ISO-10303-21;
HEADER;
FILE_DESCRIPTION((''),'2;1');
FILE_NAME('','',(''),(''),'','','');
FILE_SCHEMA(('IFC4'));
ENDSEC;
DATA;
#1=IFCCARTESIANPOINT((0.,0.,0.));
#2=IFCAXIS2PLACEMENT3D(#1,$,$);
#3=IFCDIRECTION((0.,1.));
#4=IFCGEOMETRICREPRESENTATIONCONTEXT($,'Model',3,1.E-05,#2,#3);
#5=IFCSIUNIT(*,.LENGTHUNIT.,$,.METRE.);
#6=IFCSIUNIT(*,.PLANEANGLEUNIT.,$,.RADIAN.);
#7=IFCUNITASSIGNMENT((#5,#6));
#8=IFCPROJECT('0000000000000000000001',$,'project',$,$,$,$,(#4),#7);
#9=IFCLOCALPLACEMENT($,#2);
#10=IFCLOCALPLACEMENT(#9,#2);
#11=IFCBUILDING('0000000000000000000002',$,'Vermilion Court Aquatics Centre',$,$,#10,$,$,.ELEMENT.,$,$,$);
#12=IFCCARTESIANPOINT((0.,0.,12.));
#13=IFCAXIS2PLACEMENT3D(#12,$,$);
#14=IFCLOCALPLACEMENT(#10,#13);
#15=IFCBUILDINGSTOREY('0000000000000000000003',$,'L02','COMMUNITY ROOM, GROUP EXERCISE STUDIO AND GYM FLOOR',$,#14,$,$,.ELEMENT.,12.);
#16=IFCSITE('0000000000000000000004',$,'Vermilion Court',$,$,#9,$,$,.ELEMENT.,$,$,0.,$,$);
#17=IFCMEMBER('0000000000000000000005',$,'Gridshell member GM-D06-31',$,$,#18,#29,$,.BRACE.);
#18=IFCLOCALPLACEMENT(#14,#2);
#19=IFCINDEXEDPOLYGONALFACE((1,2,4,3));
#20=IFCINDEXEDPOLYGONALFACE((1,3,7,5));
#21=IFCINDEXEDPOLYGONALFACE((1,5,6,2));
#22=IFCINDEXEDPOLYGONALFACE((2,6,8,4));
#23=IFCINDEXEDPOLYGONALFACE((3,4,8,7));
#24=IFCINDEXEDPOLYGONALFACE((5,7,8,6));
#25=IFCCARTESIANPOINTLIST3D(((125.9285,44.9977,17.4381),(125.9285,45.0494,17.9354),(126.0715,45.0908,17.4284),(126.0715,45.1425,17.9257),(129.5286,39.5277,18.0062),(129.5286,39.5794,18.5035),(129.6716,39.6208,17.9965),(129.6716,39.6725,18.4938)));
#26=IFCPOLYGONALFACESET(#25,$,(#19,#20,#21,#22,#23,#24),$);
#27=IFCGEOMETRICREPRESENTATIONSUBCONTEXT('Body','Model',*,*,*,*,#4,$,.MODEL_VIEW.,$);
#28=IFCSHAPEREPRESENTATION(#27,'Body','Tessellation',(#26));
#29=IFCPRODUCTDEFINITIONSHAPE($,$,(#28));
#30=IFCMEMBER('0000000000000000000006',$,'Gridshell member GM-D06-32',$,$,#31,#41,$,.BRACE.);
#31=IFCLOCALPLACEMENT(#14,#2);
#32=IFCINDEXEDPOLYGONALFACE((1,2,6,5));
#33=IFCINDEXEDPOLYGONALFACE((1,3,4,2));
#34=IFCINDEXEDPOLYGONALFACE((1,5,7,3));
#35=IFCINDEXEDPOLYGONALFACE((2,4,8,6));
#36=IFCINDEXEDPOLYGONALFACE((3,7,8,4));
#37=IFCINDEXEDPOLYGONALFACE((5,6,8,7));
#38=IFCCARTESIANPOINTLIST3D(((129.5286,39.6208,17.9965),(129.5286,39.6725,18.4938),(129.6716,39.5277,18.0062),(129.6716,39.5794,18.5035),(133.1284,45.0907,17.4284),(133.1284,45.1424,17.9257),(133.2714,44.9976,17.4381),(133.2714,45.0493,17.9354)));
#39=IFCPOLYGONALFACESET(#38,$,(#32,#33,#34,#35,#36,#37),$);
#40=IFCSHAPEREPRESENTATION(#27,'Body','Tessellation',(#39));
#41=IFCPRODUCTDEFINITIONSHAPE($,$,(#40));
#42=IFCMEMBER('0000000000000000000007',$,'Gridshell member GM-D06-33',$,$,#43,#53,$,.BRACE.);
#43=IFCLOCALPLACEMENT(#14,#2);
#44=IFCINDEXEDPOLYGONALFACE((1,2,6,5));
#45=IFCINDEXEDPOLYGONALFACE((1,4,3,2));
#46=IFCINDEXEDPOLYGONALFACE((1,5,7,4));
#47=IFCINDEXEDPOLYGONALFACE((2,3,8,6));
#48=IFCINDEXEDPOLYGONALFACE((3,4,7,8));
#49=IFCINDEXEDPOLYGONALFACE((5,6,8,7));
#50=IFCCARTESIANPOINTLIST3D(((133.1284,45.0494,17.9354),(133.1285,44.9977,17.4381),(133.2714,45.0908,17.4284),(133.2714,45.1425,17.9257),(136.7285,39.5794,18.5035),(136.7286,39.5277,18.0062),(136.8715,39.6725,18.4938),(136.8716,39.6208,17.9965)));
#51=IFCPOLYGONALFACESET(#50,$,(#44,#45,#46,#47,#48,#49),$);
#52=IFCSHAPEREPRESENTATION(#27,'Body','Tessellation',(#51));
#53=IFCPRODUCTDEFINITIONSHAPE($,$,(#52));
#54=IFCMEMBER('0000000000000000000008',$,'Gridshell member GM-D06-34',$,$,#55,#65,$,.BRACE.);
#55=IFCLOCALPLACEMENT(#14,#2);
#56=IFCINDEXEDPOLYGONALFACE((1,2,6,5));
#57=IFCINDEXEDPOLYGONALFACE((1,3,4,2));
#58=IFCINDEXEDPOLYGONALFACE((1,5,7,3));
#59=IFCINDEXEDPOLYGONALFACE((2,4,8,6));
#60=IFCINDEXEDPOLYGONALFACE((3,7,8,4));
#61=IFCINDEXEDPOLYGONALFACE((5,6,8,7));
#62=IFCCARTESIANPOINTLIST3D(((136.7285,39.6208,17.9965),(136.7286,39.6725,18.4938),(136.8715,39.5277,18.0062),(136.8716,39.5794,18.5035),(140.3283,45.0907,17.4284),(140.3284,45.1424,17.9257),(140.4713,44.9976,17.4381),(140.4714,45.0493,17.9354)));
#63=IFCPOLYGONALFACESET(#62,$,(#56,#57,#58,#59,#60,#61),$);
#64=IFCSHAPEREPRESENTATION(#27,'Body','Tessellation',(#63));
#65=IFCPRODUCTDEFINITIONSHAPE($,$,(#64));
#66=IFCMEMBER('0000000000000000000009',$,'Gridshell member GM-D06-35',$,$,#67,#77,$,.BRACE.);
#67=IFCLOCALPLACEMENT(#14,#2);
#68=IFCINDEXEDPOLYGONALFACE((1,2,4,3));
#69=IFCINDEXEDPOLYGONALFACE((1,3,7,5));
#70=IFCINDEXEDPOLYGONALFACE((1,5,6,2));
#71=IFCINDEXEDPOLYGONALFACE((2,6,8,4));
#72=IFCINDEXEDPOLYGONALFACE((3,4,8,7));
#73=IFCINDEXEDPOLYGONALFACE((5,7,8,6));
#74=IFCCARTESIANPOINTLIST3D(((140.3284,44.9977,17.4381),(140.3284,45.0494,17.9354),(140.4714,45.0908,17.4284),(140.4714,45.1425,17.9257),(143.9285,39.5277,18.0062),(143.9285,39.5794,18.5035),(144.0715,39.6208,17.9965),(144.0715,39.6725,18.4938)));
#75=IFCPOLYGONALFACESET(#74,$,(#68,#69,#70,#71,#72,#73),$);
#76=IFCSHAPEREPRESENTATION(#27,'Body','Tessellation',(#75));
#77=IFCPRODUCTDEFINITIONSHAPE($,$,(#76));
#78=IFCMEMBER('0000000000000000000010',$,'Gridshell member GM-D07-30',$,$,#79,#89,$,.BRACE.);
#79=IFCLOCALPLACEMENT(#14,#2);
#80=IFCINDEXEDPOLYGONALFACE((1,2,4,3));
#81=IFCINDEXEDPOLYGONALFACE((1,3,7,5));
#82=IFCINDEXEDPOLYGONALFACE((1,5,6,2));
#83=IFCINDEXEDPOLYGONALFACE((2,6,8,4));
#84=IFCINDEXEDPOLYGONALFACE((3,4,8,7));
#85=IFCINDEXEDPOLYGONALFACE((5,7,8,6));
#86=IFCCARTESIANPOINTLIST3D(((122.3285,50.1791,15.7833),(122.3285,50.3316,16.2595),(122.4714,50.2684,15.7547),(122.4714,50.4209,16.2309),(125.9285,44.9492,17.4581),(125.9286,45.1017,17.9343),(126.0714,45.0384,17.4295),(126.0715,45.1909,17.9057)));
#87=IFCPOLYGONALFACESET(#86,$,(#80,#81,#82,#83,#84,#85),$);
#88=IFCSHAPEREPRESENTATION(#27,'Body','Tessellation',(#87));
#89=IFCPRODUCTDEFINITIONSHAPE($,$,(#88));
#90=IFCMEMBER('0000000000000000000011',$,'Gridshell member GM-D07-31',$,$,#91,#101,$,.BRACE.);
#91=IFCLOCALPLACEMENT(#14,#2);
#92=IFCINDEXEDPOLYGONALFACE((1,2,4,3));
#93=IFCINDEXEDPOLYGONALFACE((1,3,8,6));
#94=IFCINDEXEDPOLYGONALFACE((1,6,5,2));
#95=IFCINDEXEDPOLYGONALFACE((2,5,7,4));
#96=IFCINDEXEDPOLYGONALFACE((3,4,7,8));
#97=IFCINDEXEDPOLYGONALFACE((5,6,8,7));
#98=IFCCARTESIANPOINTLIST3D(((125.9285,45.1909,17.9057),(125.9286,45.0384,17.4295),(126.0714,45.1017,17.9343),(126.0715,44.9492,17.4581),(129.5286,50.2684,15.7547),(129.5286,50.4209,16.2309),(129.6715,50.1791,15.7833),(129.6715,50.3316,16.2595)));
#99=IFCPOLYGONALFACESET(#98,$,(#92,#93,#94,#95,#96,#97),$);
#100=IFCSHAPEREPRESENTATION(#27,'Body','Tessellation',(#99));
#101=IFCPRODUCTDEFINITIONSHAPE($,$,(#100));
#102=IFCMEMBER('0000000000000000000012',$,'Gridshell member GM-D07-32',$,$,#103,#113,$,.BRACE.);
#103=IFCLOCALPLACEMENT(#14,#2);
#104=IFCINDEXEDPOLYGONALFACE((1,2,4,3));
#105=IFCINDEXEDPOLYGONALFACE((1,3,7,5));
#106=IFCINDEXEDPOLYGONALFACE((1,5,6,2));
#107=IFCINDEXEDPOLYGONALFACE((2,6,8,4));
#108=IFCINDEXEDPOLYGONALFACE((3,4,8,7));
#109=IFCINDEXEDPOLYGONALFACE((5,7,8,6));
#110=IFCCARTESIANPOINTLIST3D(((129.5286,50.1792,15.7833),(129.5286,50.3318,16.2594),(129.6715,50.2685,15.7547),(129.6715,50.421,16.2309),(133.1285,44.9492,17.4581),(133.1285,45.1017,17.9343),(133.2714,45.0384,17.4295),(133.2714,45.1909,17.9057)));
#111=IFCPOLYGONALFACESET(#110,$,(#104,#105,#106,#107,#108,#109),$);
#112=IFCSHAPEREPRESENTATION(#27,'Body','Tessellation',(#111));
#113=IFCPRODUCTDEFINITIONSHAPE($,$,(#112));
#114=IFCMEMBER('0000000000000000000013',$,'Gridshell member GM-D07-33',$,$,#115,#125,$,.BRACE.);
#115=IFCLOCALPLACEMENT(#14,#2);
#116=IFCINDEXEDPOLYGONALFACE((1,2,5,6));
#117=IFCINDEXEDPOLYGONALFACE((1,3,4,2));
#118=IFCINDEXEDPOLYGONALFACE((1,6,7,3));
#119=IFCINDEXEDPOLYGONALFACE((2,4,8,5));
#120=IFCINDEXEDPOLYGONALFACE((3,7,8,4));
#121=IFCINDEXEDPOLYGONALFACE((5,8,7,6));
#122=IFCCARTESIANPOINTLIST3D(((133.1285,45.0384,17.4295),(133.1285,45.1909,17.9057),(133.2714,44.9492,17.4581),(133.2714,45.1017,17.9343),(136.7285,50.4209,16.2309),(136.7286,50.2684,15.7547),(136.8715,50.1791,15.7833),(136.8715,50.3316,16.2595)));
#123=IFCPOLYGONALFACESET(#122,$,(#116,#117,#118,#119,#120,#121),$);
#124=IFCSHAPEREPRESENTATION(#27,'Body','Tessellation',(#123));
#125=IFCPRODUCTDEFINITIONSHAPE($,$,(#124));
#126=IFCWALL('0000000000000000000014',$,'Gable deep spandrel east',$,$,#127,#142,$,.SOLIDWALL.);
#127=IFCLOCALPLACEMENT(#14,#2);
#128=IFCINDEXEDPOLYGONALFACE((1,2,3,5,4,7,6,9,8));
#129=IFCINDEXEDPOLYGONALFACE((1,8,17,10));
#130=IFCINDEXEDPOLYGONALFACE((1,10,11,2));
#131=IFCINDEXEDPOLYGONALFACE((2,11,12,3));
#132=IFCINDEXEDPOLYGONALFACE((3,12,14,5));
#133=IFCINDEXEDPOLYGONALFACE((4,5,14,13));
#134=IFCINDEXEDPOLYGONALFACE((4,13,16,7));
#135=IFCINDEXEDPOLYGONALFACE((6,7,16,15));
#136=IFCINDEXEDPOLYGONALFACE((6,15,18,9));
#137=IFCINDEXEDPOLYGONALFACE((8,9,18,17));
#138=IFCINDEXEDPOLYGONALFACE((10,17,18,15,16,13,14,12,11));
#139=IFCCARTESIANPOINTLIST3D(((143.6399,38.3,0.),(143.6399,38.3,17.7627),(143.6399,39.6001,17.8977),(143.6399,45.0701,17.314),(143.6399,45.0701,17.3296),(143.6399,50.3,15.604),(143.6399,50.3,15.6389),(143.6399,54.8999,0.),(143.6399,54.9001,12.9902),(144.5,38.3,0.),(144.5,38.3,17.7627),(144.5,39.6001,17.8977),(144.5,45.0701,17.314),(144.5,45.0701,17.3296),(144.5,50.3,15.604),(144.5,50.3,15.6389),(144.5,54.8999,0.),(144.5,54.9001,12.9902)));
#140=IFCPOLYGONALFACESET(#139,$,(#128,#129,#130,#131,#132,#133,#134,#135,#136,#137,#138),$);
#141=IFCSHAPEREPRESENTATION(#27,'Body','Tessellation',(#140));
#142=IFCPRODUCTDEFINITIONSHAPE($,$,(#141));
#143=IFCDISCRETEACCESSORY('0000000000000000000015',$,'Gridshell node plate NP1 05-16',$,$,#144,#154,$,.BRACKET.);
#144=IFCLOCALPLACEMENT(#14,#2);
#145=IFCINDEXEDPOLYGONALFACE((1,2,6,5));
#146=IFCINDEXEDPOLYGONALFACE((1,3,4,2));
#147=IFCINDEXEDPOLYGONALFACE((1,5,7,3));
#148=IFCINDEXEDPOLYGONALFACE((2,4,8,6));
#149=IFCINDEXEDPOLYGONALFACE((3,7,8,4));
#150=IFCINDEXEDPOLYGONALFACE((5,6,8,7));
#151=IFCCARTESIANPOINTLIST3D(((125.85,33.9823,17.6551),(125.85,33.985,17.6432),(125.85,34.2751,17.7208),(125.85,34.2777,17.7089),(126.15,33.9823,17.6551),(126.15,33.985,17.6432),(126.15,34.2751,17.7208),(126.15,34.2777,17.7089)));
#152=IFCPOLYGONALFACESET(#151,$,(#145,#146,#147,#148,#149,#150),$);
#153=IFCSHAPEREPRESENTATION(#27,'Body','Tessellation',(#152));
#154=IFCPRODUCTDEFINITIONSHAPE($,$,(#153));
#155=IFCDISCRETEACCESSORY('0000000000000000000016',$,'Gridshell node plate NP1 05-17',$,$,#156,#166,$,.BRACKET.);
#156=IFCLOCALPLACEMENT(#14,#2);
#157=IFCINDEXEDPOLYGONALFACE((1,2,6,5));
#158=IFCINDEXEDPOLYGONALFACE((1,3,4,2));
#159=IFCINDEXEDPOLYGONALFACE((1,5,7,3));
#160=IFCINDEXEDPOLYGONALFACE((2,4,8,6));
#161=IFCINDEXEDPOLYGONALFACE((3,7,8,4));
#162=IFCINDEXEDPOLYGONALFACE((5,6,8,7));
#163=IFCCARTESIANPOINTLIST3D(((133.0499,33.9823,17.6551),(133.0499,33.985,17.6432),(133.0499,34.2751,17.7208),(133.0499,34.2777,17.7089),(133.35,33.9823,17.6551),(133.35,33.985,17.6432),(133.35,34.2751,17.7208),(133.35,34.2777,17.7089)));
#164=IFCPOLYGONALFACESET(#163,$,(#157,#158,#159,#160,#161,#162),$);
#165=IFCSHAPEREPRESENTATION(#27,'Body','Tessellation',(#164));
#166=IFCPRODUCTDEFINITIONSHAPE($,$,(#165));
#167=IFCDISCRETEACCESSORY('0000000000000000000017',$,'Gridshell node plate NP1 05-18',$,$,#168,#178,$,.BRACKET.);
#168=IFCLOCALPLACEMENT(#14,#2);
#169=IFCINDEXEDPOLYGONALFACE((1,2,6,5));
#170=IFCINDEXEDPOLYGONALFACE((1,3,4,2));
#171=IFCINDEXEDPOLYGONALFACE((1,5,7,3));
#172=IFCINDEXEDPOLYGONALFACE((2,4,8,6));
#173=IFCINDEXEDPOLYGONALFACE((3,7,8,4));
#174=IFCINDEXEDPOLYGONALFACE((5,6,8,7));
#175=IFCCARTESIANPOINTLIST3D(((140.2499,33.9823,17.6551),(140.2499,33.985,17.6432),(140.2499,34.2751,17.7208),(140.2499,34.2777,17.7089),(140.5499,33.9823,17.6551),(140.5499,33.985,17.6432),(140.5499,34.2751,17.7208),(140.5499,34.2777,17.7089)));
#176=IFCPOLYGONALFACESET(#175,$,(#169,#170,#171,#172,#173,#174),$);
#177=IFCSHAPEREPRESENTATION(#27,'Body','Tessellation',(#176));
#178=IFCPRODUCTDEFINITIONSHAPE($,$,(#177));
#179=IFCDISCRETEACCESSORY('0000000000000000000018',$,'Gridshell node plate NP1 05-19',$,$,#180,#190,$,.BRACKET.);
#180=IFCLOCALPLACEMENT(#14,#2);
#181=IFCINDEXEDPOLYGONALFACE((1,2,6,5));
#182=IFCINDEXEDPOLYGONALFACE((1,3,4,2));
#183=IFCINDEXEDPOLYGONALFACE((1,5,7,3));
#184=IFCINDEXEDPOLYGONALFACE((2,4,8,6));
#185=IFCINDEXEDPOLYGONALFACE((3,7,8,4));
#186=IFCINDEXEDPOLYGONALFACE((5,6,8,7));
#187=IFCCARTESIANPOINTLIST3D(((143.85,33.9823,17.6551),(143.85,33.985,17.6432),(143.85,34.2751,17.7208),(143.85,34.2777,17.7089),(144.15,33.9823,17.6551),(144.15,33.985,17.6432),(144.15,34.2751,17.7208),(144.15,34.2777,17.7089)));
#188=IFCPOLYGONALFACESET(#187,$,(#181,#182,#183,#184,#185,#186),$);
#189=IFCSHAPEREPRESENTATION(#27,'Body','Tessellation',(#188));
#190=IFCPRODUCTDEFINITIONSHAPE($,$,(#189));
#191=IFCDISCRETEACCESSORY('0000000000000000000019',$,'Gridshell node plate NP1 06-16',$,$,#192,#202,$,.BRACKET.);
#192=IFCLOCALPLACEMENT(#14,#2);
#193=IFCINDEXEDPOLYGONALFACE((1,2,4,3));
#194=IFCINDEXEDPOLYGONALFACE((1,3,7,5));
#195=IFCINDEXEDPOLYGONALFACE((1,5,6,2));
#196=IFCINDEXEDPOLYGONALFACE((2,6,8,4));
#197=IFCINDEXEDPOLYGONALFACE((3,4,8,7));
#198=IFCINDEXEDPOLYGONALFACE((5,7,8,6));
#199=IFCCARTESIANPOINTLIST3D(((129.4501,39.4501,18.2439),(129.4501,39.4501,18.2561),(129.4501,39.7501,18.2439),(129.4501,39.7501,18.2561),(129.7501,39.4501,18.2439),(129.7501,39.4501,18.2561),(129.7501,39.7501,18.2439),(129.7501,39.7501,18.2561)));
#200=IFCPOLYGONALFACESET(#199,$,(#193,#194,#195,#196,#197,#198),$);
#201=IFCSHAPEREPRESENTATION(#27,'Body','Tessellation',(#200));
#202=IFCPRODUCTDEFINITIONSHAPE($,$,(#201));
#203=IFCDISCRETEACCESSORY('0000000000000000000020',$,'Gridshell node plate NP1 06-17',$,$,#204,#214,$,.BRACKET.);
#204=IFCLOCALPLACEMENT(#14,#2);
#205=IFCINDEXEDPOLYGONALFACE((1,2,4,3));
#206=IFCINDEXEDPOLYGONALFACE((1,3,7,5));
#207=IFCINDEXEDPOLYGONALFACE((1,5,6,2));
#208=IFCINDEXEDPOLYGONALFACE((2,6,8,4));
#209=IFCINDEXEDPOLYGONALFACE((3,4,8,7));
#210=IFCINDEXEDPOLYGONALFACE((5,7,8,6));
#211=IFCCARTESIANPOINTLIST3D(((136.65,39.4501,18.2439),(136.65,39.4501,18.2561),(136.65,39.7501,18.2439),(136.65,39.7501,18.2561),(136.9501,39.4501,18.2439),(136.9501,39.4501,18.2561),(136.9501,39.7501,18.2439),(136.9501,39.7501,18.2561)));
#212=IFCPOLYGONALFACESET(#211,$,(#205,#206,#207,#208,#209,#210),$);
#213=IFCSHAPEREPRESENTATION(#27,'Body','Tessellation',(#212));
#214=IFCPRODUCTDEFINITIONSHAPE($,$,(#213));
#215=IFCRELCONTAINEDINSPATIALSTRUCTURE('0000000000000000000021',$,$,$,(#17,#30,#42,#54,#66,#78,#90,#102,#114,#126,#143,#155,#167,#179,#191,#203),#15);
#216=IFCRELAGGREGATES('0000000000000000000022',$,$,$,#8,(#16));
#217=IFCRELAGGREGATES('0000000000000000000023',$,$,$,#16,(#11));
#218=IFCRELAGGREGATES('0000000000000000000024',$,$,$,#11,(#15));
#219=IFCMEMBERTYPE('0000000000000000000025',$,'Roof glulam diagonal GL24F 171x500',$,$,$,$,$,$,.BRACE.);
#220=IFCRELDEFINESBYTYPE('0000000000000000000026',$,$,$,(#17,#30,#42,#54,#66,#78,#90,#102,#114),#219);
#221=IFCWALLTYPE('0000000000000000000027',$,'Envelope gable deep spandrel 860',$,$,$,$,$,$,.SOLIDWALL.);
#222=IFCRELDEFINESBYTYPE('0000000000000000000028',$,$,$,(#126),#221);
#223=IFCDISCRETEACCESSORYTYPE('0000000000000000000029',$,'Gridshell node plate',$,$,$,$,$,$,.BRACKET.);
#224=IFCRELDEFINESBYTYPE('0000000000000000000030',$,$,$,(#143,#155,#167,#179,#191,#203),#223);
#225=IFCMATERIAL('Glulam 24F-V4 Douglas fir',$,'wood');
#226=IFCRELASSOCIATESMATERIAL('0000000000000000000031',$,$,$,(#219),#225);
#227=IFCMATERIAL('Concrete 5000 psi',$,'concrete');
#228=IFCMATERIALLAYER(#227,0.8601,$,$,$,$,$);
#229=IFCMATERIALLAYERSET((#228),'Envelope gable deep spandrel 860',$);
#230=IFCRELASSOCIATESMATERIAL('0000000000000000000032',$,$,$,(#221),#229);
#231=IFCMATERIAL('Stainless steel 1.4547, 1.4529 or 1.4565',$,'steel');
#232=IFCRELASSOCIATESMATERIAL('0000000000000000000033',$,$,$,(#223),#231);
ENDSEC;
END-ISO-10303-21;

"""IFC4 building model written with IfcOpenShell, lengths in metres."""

from ifc_helpers import new_model, si_unit, direction, frame, origin, origin_2d, place, context, subcontext, project, spatial, polyline, rectangle, outline, extrude, material, layer, layer_set, material_profile, profile_set, type_object, element, save


model = new_model("IFC4")

# Units and contexts
model_context = context("Model", 3, precision=1e-05, world=origin(), true_north=direction((0.0, 1.0)))
body_context = subcontext(model_context, "Body", "Model", "MODEL_VIEW")
ifc_project = project(units=[si_unit("LENGTHUNIT", "METRE"), si_unit("PLANEANGLEUNIT", "RADIAN")], contexts=[model_context])

# Site, building, storey
site_placement = place(None, origin())
site = spatial("IfcSite", under=ifc_project, at=site_placement, Name="Vermilion Court", CompositionType="ELEMENT", RefElevation=0.0)
building_placement = place(site_placement, origin())
building = spatial("IfcBuilding", under=site, at=building_placement, Name="Vermilion Court Aquatics Centre", CompositionType="ELEMENT")
storey_placement = place(building_placement, frame((0.0, 0.0, 12.0)))
storey = spatial("IfcBuildingStorey", under=building, at=storey_placement, Name="L02", Description="COMMUNITY ROOM, GROUP EXERCISE STUDIO AND GYM FLOOR", CompositionType="ELEMENT", Elevation=12.0)

# Members
ifc_material_1 = material(Name="Glulam 24F-V4 Douglas fir", Category="wood")
ifc_material_profile_1 = material_profile(ifc_material_1, rectangle(XDim=0.1709, YDim=0.5, at=origin_2d()), Name="GL24F 171x500")
ifc_profile_set_1 = profile_set([ifc_material_profile_1], Name="Glulam 24F-V4 Douglas fir")
member_type = type_object("IfcMemberType", Name="Roof glulam diagonal GL24F 171x500", PredefinedType="BRACE", material=ifc_profile_set_1)
member_1_placement = place(storey_placement, frame((129.6001, 39.6001, 18.25), z_axis=(-0.547712, 0.832191, -0.086432), x_axis=(-0.836667, -0.544787, 0.056532)))
element("IfcMember", 1, at=member_1_placement, inside=storey, type_object=member_type, Name="Gridshell member GM-D06-31", PredefinedType="BRACE", context=body_context, shape_type="SweptSolid", body=[
    extrude(rectangle(XDim=0.1709, YDim=0.5, at=origin_2d()), origin(), (0.0, 0.0, 1.0), 6.573),
])
member_2_placement = place(storey_placement, frame((129.6001, 39.6001, 18.25), z_axis=(0.547686, 0.832208, -0.086434), x_axis=(-0.836684, 0.54476, -0.056532)))
element("IfcMember", 2, at=member_2_placement, inside=storey, type_object=member_type, Name="Gridshell member GM-D06-32", PredefinedType="BRACE", context=body_context, shape_type="SweptSolid", body=[
    extrude(rectangle(XDim=0.1709, YDim=0.5, at=origin_2d()), origin(), (0.0, 0.0, 1.0), 6.5728),
])
member_3_placement = place(storey_placement, frame((136.8, 39.6001, 18.25), z_axis=(-0.547712, 0.832191, -0.086432), x_axis=(-0.836667, -0.544787, 0.056532)))
element("IfcMember", 3, at=member_3_placement, inside=storey, type_object=member_type, Name="Gridshell member GM-D06-33", PredefinedType="BRACE", context=body_context, shape_type="SweptSolid", body=[
    extrude(rectangle(XDim=0.1709, YDim=0.5, at=origin_2d()), origin(), (0.0, 0.0, 1.0), 6.573),
])
member_4_placement = place(storey_placement, frame((136.8, 39.6001, 18.25), z_axis=(0.547686, 0.832208, -0.086434), x_axis=(-0.836684, 0.54476, -0.056532)))
element("IfcMember", 4, at=member_4_placement, inside=storey, type_object=member_type, Name="Gridshell member GM-D06-34", PredefinedType="BRACE", context=body_context, shape_type="SweptSolid", body=[
    extrude(rectangle(XDim=0.1709, YDim=0.5, at=origin_2d()), origin(), (0.0, 0.0, 1.0), 6.5728),
])
member_5_placement = place(storey_placement, frame((144.0, 39.6001, 18.25), z_axis=(-0.547712, 0.832191, -0.086432), x_axis=(-0.836667, -0.544787, 0.056532)))
element("IfcMember", 5, at=member_5_placement, inside=storey, type_object=member_type, Name="Gridshell member GM-D06-35", PredefinedType="BRACE", context=body_context, shape_type="SweptSolid", body=[
    extrude(rectangle(XDim=0.1709, YDim=0.5, at=origin_2d()), origin(), (0.0, 0.0, 1.0), 6.573),
])
for number, where, z_axis, x_axis, name in (
    (6, (126.0, 45.0701, 17.6819), (-0.548256, 0.796469, -0.255055), (-0.836311, -0.522113, 0.167278), "Gridshell member GM-D07-30"),
    (7, (126.0, 45.0701, 17.6819), (0.548256, 0.796469, -0.255055), (-0.836311, 0.522113, -0.167278), "Gridshell member GM-D07-31"),
    (8, (133.2, 45.0701, 17.6819), (-0.54823, 0.796485, -0.25506), (-0.836328, -0.522086, 0.167278), "Gridshell member GM-D07-32"),
    (9, (133.2, 45.0701, 17.6819), (0.548256, 0.796469, -0.255055), (-0.836311, 0.522113, -0.167278), "Gridshell member GM-D07-33"),
):
    element("IfcMember", number, at=place(storey_placement, frame(where, z_axis=z_axis, x_axis=x_axis)), inside=storey, type_object=member_type, Name=name, PredefinedType="BRACE", context=body_context, shape_type="SweptSolid", body=[
        extrude(rectangle(XDim=0.1709, YDim=0.5, at=origin_2d()), origin(), (0.0, 0.0, 1.0), 6.5664),
    ])

# Wall
ifc_material_2 = material(Name="Concrete 5000 psi", Category="concrete")
ifc_layer = layer(ifc_material_2, 0.8601)
ifc_layer_set = layer_set([ifc_layer], Name="Envelope gable deep spandrel 860")
wall_type = type_object("IfcWallType", Name="Envelope gable deep spandrel 860", PredefinedType="SOLIDWALL", material=ifc_layer_set)
wall_placement = place(storey_placement, frame((144.0701, 38.3, 0.0), z_axis=(0.0, 0.0, 1.0), x_axis=(0.0, 1.0, 0.0)))
element("IfcWall", 10, at=wall_placement, inside=storey, type_object=wall_type, Name="Gable deep spandrel east", PredefinedType="SOLIDWALL", context=body_context, shape_type="SweptSolid", body=[
    extrude(outline(polyline([(0.0, 0.0), (16.5999, 0.0), (16.6001, 12.9902), (12.0, 15.604), (12.0, 15.6389), (6.77, 17.314), (6.77, 17.3296), (1.3, 17.8977), (1.3, 17.8977), (0.0, 17.7627), (0.0, 0.0)])), frame((0.0, 0.4302, 0.0), z_axis=(0.0, -1.0, 0.0), x_axis=(1.0, 0.0, 0.0)), (0.0, 0.0, 1.0), 0.8601),
])

# Discrete accessories
ifc_material_3 = material(Name="Stainless steel 1.4547, 1.4529 or 1.4565", Category="steel")
ifc_material_profile_2 = material_profile(ifc_material_3, rectangle(XDim=0.3, YDim=0.3, at=origin_2d()), Name="PL 12 x 300 x 300")
ifc_profile_set_2 = profile_set([ifc_material_profile_2], Name="Stainless steel 1.4547, 1.4529 or 1.4565")
discrete_accessory_type = type_object("IfcDiscreteAccessoryType", Name="Gridshell node plate", PredefinedType="BRACKET", material=ifc_profile_set_2)
for number, where, z_axis, x_axis, name in (
    (11, (126.0, 34.1313, 17.676), (0.0, -0.219038, 0.975716), (1.0, 0.0, 0.0), "Gridshell node plate NP1 05-16"),
    (12, (133.2, 34.1313, 17.676), (0.0, -0.219038, 0.975716), (1.0, 0.0, 0.0), "Gridshell node plate NP1 05-17"),
    (13, (140.3999, 34.1313, 17.676), (0.0, -0.219038, 0.975716), (1.0, 0.0, 0.0), "Gridshell node plate NP1 05-18"),
    (14, (144.0, 34.1313, 17.676), (0.0, -0.219038, 0.975716), (1.0, 0.0, 0.0), "Gridshell node plate NP1 05-19"),
    (15, (129.6001, 39.6001, 18.2439), (0.0, 0.0, 1.0), (1.0, 0.0, 0.0), "Gridshell node plate NP1 06-16"),
    (16, (136.8, 39.6001, 18.2439), (0.0, 0.0, 1.0), (1.0, 0.0, 0.0), "Gridshell node plate NP1 06-17"),
):
    element("IfcDiscreteAccessory", number, at=place(storey_placement, frame(where, z_axis=z_axis, x_axis=x_axis)), inside=storey, type_object=discrete_accessory_type, Name=name, PredefinedType="BRACKET", context=body_context, shape_type="SweptSolid", body=[
        extrude(rectangle(XDim=0.3, YDim=0.3, at=origin_2d()), origin(), (0.0, 0.0, 1.0), 0.0122),
    ])

save(model, "model.ifc")
